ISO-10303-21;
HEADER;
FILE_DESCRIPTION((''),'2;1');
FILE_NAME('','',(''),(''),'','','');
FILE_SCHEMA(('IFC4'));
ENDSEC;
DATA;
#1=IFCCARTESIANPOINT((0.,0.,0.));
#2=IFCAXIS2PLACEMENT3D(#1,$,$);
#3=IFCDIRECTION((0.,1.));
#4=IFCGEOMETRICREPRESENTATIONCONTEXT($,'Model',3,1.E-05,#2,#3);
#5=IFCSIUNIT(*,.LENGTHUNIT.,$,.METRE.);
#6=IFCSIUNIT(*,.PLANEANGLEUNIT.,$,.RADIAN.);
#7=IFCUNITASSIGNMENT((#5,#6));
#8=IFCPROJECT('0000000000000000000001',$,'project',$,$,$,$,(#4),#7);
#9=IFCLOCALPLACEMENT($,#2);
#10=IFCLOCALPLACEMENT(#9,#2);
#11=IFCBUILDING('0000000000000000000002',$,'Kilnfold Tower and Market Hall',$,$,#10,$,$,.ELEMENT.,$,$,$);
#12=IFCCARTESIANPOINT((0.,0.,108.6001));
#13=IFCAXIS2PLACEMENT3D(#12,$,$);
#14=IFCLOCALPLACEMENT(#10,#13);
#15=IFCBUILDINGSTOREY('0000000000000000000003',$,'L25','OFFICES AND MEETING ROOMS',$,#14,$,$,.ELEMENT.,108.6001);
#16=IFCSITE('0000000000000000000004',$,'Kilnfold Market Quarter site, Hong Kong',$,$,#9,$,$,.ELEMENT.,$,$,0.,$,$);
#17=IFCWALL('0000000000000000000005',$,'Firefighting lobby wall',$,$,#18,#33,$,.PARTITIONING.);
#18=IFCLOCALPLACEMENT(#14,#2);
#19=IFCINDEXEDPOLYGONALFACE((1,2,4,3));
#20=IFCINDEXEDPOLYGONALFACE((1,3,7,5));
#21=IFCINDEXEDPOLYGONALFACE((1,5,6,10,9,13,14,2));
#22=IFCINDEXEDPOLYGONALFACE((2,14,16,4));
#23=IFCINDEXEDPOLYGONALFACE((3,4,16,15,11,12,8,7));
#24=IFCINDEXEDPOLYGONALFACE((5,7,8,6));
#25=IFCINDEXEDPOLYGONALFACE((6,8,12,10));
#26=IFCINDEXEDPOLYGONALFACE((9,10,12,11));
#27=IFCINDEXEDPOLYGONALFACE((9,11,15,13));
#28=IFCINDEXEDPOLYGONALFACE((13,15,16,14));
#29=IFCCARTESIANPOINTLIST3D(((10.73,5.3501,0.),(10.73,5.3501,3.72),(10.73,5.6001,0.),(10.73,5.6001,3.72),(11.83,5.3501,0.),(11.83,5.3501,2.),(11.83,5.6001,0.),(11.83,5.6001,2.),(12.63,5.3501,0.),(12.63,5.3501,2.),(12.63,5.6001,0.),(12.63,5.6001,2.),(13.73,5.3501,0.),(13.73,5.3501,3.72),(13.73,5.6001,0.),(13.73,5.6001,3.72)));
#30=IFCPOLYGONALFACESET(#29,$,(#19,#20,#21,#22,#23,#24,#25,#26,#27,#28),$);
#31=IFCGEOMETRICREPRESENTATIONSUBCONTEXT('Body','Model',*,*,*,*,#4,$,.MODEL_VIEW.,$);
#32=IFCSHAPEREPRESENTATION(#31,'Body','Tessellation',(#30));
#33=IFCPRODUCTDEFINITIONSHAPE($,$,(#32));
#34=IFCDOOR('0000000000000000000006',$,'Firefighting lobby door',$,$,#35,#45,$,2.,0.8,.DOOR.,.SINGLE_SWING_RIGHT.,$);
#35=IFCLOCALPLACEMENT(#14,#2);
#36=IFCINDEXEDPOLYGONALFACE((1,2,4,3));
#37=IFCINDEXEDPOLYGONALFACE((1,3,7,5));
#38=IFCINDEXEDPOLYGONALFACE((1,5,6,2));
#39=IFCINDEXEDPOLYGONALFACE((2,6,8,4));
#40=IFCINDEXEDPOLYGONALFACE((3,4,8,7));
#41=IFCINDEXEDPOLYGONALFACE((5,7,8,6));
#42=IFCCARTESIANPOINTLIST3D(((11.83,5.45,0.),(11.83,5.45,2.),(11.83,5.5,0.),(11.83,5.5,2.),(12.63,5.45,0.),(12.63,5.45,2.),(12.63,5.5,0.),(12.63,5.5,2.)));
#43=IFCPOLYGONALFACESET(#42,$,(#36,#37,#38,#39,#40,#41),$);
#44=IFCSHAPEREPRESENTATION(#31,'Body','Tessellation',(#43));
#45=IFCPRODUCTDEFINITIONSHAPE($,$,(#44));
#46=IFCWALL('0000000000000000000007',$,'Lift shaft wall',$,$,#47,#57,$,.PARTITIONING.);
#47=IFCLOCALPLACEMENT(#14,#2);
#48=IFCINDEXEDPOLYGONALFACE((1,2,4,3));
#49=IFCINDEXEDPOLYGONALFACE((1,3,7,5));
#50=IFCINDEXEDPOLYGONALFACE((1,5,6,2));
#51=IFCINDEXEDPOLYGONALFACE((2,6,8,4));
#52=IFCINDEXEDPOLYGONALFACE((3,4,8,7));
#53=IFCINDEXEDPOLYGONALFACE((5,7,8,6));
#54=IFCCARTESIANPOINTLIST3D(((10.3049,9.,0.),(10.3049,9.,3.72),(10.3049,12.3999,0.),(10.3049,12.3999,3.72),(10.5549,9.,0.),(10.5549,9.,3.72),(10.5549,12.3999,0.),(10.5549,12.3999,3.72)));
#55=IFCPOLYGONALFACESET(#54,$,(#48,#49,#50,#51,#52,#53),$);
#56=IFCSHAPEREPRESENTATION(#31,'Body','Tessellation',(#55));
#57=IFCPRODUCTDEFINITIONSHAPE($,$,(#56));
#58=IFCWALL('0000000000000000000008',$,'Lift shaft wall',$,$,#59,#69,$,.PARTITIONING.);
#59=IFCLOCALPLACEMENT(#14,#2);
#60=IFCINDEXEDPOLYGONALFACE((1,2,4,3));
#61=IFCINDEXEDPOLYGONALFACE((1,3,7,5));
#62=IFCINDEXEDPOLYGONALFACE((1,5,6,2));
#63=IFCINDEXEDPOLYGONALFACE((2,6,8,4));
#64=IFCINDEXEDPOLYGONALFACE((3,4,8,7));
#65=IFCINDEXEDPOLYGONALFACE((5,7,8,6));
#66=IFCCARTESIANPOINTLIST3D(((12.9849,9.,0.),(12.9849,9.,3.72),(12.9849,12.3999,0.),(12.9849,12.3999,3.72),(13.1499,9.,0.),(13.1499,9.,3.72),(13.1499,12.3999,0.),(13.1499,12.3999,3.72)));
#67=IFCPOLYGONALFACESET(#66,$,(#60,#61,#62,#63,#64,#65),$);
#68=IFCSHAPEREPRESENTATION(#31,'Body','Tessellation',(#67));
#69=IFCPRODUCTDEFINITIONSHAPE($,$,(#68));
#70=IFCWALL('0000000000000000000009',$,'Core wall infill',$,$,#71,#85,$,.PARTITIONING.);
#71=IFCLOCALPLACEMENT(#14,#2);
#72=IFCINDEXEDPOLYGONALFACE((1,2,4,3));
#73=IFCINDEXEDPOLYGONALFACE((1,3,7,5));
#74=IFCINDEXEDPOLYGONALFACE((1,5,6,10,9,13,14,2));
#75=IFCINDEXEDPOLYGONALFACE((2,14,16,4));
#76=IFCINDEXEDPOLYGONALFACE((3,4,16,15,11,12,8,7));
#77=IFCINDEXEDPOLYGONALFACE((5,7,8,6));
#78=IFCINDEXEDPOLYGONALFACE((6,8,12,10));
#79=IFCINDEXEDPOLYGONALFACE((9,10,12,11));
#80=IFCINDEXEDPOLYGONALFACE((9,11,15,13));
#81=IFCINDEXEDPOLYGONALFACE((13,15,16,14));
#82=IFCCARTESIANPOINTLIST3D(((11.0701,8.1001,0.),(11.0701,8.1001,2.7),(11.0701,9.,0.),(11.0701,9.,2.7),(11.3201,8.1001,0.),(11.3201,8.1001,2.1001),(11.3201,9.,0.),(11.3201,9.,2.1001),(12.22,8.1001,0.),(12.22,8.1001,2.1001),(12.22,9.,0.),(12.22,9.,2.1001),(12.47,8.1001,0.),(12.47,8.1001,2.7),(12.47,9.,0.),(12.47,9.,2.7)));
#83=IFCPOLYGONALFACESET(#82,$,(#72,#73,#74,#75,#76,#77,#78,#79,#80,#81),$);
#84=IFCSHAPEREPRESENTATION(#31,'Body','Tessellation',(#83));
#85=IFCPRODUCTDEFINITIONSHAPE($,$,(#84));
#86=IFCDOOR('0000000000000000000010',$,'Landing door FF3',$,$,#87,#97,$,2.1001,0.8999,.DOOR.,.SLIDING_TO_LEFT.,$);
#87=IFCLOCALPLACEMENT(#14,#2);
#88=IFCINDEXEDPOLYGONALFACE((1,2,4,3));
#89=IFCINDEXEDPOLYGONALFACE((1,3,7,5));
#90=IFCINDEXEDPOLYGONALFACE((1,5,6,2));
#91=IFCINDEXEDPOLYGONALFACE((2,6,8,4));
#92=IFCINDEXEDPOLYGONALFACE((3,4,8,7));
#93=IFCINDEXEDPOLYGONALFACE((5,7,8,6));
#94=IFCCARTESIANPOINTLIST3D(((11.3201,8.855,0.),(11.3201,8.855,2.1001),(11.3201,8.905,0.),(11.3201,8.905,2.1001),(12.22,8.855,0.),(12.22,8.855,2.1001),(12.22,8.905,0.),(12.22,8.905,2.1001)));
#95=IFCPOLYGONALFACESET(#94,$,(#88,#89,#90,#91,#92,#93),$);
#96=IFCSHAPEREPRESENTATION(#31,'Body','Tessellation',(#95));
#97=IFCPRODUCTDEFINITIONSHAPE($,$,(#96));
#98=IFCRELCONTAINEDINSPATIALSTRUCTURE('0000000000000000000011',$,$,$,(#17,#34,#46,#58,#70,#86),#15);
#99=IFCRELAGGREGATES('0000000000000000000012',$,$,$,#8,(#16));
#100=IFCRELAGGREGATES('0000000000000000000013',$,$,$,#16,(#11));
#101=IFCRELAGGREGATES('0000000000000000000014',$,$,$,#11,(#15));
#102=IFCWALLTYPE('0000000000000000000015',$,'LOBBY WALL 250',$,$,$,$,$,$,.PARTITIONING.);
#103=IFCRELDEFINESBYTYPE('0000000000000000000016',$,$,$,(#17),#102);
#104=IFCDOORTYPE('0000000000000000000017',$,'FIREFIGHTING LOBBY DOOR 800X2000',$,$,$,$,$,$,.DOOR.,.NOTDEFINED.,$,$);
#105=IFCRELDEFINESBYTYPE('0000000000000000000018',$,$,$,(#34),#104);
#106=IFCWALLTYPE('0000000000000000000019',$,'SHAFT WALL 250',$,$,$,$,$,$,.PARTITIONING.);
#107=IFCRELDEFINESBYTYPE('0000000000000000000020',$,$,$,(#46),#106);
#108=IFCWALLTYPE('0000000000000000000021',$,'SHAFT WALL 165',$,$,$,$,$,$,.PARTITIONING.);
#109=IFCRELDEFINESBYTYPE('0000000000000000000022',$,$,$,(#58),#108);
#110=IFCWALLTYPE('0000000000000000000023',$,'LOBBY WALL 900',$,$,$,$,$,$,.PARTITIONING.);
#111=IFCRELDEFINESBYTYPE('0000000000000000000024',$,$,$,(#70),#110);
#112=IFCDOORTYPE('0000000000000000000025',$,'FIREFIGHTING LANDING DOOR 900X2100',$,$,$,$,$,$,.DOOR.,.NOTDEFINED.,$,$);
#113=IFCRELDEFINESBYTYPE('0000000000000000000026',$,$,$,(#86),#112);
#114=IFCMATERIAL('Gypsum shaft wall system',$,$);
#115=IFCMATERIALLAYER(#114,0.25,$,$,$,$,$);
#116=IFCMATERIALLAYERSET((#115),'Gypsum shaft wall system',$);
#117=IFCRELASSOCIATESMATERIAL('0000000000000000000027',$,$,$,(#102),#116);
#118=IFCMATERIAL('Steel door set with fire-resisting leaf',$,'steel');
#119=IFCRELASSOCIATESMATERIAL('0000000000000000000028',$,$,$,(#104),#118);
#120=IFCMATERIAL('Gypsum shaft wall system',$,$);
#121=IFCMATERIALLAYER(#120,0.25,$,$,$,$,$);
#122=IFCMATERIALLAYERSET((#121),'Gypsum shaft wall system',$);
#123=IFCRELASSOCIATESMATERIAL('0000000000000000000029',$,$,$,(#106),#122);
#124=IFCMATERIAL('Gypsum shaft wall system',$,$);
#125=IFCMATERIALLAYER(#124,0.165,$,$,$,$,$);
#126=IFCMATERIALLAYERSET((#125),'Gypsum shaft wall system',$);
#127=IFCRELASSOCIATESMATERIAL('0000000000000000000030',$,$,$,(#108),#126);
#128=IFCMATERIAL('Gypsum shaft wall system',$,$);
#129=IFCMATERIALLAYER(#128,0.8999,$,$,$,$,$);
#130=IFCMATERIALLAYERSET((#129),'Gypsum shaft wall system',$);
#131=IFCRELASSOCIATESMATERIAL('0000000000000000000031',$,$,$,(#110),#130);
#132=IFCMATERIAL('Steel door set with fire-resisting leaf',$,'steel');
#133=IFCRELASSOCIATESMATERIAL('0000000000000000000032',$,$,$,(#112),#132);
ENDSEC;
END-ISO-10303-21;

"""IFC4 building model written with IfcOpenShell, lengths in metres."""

from ifc_helpers import new_model, si_unit, direction, frame, frame_2d, origin, place, context, subcontext, project, spatial, rectangle, extrude, source, transform, mapped, material, layer, layer_set, type_object, element, fill, save


model = new_model("IFC4")

# Units and contexts
model_context = context("Model", 3, precision=1e-05, world=origin(), true_north=direction((0.0, 1.0)))
body_context = subcontext(model_context, "Body", "Model", "MODEL_VIEW")
ifc_project = project(units=[si_unit("LENGTHUNIT", "METRE"), si_unit("PLANEANGLEUNIT", "RADIAN")], contexts=[model_context])

# Site, building, storey
site_placement = place(None, origin())
site = spatial("IfcSite", under=ifc_project, at=site_placement, Name="Kilnfold Market Quarter site, Hong Kong", CompositionType="ELEMENT", RefElevation=0.0)
building_placement = place(site_placement, origin())
building = spatial("IfcBuilding", under=site, at=building_placement, Name="Kilnfold Tower and Market Hall", CompositionType="ELEMENT")
storey_placement = place(building_placement, frame((0.0, 0.0, 108.6001)))
storey = spatial("IfcBuildingStorey", under=building, at=storey_placement, Name="L25", Description="OFFICES AND MEETING ROOMS", CompositionType="ELEMENT", Elevation=108.6001)

# Shared definitions
ifc_material_1 = material(Name="Gypsum shaft wall system")
ifc_layer_1 = layer(ifc_material_1, 0.25)
ifc_layer_set_1 = layer_set([ifc_layer_1], Name="Gypsum shaft wall system")
wall_type_1 = type_object("IfcWallType", Name="LOBBY WALL 250", PredefinedType="PARTITIONING", material=ifc_layer_set_1)

# Wall, opening, door
shared_shape_1 = source(origin(), body_context, "Body", "SweptSolid", [
    extrude(rectangle(XDim=3.0, YDim=0.25, at=frame_2d((1.5, 0.0))), origin(), (0.0, 0.0, 1.0), 3.72),
])
wall_1_placement = place(storey_placement, frame((10.73, 5.4751, 0.0), z_axis=(0.0, 0.0, 1.0), x_axis=(1.0, 0.0, 0.0)))
wall_1 = element("IfcWall", 1, at=wall_1_placement, inside=storey, type_object=wall_type_1, Name="Firefighting lobby wall", PredefinedType="PARTITIONING", context=body_context, shape_type="MappedRepresentation", body=[
    mapped(shared_shape_1, transform((0.0, 0.0, 0.0))),
])
opening_1_placement = place(wall_1_placement, frame((1.1001, 0.0, 0.0)))
opening_1 = element("IfcOpeningElement", 2, at=opening_1_placement, cuts=wall_1, PredefinedType="OPENING", context=body_context, shape_type="SweptSolid", body=[
    extrude(rectangle(XDim=0.8, YDim=2.0, at=frame_2d((0.3999, 1.0))), frame((0.0, 0.135, 0.0), z_axis=(0.0, -1.0, 0.0), x_axis=(1.0, 0.0, 0.0)), (0.0, 0.0, 1.0), 0.27),
])
ifc_material_2 = material(Name="Steel door set with fire-resisting leaf", Category="steel")
door_type_1 = type_object("IfcDoorType", Name="FIREFIGHTING LOBBY DOOR 800X2000", OperationType="NOTDEFINED", PredefinedType="DOOR", material=ifc_material_2)
door_1_placement = place(opening_1_placement, origin())
door_1 = element("IfcDoor", 3, at=door_1_placement, inside=storey, type_object=door_type_1, Name="Firefighting lobby door", OperationType="SINGLE_SWING_RIGHT", OverallHeight=2.0, OverallWidth=0.8, PredefinedType="DOOR", context=body_context, shape_type="SweptSolid", body=[
    extrude(rectangle(XDim=0.8, YDim=2.0, at=frame_2d((0.3999, 1.0))), frame((0.0, 0.0249, 0.0), z_axis=(0.0, -1.0, 0.0), x_axis=(1.0, 0.0, 0.0)), (0.0, 0.0, 1.0), 0.05),
])
fill(opening_1, door_1)

# Walls
ifc_material_3 = material(Name="Gypsum shaft wall system")
ifc_layer_2 = layer(ifc_material_3, 0.25)
ifc_layer_set_2 = layer_set([ifc_layer_2], Name="Gypsum shaft wall system")
wall_type_2 = type_object("IfcWallType", Name="SHAFT WALL 250", PredefinedType="PARTITIONING", material=ifc_layer_set_2)
shared_shape_2 = source(origin(), body_context, "Body", "SweptSolid", [
    extrude(rectangle(XDim=3.3999, YDim=0.25, at=frame_2d((1.7, 0.0))), origin(), (0.0, 0.0, 1.0), 3.72),
])
wall_2_placement = place(storey_placement, frame((10.4299, 9.0, 0.0), z_axis=(0.0, 0.0, 1.0), x_axis=(0.0, 1.0, 0.0)))
element("IfcWall", 4, at=wall_2_placement, inside=storey, type_object=wall_type_2, Name="Lift shaft wall", PredefinedType="PARTITIONING", context=body_context, shape_type="MappedRepresentation", body=[
    mapped(shared_shape_2, transform((0.0, 0.0, 0.0))),
])
ifc_material_4 = material(Name="Gypsum shaft wall system")
ifc_layer_3 = layer(ifc_material_4, 0.165)
ifc_layer_set_3 = layer_set([ifc_layer_3], Name="Gypsum shaft wall system")
wall_type_3 = type_object("IfcWallType", Name="SHAFT WALL 165", PredefinedType="PARTITIONING", material=ifc_layer_set_3)
shared_shape_3 = source(origin(), body_context, "Body", "SweptSolid", [
    extrude(rectangle(XDim=3.3999, YDim=0.165, at=frame_2d((1.7, 0.0))), origin(), (0.0, 0.0, 1.0), 3.72),
])
wall_3_placement = place(storey_placement, frame((13.0674, 9.0, 0.0), z_axis=(0.0, 0.0, 1.0), x_axis=(0.0, 1.0, 0.0)))
element("IfcWall", 5, at=wall_3_placement, inside=storey, type_object=wall_type_3, Name="Lift shaft wall", PredefinedType="PARTITIONING", context=body_context, shape_type="MappedRepresentation", body=[
    mapped(shared_shape_3, transform((0.0, 0.0, 0.0))),
])

# Wall, opening, door
ifc_material_5 = material(Name="Gypsum shaft wall system")
ifc_layer_4 = layer(ifc_material_5, 0.8999)
ifc_layer_set_4 = layer_set([ifc_layer_4], Name="Gypsum shaft wall system")
wall_type_4 = type_object("IfcWallType", Name="LOBBY WALL 900", PredefinedType="PARTITIONING", material=ifc_layer_set_4)
shared_shape_4 = source(origin(), body_context, "Body", "SweptSolid", [
    extrude(rectangle(XDim=1.3999, YDim=0.8999, at=frame_2d((0.7, 0.0))), origin(), (0.0, 0.0, 1.0), 2.7),
])
wall_4_placement = place(storey_placement, frame((11.0701, 8.55, 0.0), z_axis=(0.0, 0.0, 1.0), x_axis=(1.0, 0.0, 0.0)))
wall_4 = element("IfcWall", 6, at=wall_4_placement, inside=storey, type_object=wall_type_4, Name="Core wall infill", PredefinedType="PARTITIONING", context=body_context, shape_type="MappedRepresentation", body=[
    mapped(shared_shape_4, transform((0.0, 0.0, 0.0))),
])
opening_2_placement = place(wall_4_placement, frame((0.25, 0.0, 0.0)))
opening_2 = element("IfcOpeningElement", 7, at=opening_2_placement, cuts=wall_4, PredefinedType="OPENING", context=body_context, shape_type="SweptSolid", body=[
    extrude(rectangle(XDim=0.8999, YDim=2.1001, at=frame_2d((0.45, 1.05))), frame((0.0, 0.46, 0.0), z_axis=(0.0, -1.0, 0.0), x_axis=(1.0, 0.0, 0.0)), (0.0, 0.0, 1.0), 0.9199),
])
ifc_material_6 = material(Name="Steel door set with fire-resisting leaf", Category="steel")
door_type_2 = type_object("IfcDoorType", Name="FIREFIGHTING LANDING DOOR 900X2100", OperationType="NOTDEFINED", PredefinedType="DOOR", material=ifc_material_6)
door_2_placement = place(opening_2_placement, origin())
door_2 = element("IfcDoor", 8, at=door_2_placement, inside=storey, type_object=door_type_2, Name="Landing door FF3", OperationType="SLIDING_TO_LEFT", OverallHeight=2.1001, OverallWidth=0.8999, PredefinedType="DOOR", context=body_context, shape_type="SweptSolid", body=[
    extrude(rectangle(XDim=0.8999, YDim=2.1001, at=frame_2d((0.45, 1.05))), frame((0.0, 0.355, 0.0), z_axis=(0.0, -1.0, 0.0), x_axis=(1.0, 0.0, 0.0)), (0.0, 0.0, 1.0), 0.05),
])
fill(opening_2, door_2)

save(model, "model.ifc")
